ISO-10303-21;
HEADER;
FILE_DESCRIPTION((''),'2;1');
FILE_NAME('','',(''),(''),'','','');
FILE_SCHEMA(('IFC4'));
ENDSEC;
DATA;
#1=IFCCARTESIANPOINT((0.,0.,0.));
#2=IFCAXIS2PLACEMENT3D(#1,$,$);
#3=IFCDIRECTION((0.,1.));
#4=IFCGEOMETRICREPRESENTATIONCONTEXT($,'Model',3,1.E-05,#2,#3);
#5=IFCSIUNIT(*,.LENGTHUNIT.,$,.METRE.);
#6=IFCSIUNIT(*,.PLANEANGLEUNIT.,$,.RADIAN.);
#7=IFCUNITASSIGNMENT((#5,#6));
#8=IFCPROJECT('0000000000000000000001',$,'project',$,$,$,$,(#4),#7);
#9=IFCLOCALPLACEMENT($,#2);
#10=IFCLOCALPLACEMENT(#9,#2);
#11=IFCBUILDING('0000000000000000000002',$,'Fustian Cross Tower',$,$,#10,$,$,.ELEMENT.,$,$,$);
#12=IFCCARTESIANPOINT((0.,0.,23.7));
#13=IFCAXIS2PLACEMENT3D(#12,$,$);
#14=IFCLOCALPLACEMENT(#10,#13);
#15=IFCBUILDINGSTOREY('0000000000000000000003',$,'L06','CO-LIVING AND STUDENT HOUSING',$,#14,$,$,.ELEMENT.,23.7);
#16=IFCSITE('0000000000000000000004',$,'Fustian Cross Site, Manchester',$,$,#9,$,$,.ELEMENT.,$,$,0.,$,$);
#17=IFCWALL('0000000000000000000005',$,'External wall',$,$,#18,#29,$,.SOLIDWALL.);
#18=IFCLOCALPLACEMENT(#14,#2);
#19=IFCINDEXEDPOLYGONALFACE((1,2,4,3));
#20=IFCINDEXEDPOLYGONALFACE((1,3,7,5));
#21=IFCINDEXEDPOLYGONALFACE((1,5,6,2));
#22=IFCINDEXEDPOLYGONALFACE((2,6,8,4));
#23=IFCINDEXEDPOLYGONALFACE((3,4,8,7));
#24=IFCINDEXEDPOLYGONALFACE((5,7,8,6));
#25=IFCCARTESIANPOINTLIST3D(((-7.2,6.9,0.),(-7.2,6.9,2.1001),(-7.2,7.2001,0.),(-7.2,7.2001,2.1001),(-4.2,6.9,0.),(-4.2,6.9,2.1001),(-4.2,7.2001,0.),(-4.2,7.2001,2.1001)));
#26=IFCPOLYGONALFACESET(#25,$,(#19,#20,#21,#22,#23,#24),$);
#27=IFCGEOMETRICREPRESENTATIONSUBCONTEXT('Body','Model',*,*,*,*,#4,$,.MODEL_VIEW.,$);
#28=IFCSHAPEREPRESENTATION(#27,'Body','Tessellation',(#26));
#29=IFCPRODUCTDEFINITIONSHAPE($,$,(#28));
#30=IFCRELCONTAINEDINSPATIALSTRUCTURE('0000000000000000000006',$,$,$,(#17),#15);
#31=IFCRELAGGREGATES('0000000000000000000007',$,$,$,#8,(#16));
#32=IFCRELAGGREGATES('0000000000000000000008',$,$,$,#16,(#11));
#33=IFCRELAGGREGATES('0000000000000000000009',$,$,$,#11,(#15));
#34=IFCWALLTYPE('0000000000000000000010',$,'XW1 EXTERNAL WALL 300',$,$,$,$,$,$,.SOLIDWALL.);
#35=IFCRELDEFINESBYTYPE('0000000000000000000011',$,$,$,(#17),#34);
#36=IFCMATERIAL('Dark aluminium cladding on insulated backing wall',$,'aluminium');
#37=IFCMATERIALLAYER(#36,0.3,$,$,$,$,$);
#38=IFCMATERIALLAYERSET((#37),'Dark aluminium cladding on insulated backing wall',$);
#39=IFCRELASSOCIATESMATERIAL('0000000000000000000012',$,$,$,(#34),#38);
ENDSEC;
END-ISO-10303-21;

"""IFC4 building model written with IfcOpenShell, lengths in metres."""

from ifc_helpers import new_model, si_unit, direction, frame, frame_2d, origin, place, context, subcontext, project, spatial, rectangle, extrude, material, layer, layer_set, type_object, element, save


model = new_model("IFC4")

# Units and contexts
model_context = context("Model", 3, precision=1e-05, world=origin(), true_north=direction((0.0, 1.0)))
body_context = subcontext(model_context, "Body", "Model", "MODEL_VIEW")
ifc_project = project(units=[si_unit("LENGTHUNIT", "METRE"), si_unit("PLANEANGLEUNIT", "RADIAN")], contexts=[model_context])

# Site, building, storey
site_placement = place(None, origin())
site = spatial("IfcSite", under=ifc_project, at=site_placement, Name="Fustian Cross Site, Manchester", CompositionType="ELEMENT", RefElevation=0.0)
building_placement = place(site_placement, origin())
building = spatial("IfcBuilding", under=site, at=building_placement, Name="Fustian Cross Tower", CompositionType="ELEMENT")
storey_placement = place(building_placement, frame((0.0, 0.0, 23.7)))
storey = spatial("IfcBuildingStorey", under=building, at=storey_placement, Name="L06", Description="CO-LIVING AND STUDENT HOUSING", CompositionType="ELEMENT", Elevation=23.7)

# Wall
ifc_material_1 = material(Name="Dark aluminium cladding on insulated backing wall", Category="aluminium")
ifc_layer_1 = layer(ifc_material_1, 0.3)
ifc_layer_set_1 = layer_set([ifc_layer_1], Name="Dark aluminium cladding on insulated backing wall")
wall_type_1 = type_object("IfcWallType", Name="XW1 EXTERNAL WALL 300", PredefinedType="SOLIDWALL", material=ifc_layer_set_1)
wall_1_placement = place(storey_placement, frame((-4.2, 7.05, 0.0), z_axis=(0.0, 0.0, 1.0), x_axis=(-1.0, 0.0, 0.0)))
element("IfcWall", 1, at=wall_1_placement, inside=storey, type_object=wall_type_1, Name="External wall", PredefinedType="SOLIDWALL", context=body_context, shape_type="SweptSolid", body=[
    extrude(rectangle(XDim=3.0, YDim=0.3, at=frame_2d((1.5, 0.0))), origin(), (0.0, 0.0, 1.0), 2.1001),
])

save(model, "model.ifc")
